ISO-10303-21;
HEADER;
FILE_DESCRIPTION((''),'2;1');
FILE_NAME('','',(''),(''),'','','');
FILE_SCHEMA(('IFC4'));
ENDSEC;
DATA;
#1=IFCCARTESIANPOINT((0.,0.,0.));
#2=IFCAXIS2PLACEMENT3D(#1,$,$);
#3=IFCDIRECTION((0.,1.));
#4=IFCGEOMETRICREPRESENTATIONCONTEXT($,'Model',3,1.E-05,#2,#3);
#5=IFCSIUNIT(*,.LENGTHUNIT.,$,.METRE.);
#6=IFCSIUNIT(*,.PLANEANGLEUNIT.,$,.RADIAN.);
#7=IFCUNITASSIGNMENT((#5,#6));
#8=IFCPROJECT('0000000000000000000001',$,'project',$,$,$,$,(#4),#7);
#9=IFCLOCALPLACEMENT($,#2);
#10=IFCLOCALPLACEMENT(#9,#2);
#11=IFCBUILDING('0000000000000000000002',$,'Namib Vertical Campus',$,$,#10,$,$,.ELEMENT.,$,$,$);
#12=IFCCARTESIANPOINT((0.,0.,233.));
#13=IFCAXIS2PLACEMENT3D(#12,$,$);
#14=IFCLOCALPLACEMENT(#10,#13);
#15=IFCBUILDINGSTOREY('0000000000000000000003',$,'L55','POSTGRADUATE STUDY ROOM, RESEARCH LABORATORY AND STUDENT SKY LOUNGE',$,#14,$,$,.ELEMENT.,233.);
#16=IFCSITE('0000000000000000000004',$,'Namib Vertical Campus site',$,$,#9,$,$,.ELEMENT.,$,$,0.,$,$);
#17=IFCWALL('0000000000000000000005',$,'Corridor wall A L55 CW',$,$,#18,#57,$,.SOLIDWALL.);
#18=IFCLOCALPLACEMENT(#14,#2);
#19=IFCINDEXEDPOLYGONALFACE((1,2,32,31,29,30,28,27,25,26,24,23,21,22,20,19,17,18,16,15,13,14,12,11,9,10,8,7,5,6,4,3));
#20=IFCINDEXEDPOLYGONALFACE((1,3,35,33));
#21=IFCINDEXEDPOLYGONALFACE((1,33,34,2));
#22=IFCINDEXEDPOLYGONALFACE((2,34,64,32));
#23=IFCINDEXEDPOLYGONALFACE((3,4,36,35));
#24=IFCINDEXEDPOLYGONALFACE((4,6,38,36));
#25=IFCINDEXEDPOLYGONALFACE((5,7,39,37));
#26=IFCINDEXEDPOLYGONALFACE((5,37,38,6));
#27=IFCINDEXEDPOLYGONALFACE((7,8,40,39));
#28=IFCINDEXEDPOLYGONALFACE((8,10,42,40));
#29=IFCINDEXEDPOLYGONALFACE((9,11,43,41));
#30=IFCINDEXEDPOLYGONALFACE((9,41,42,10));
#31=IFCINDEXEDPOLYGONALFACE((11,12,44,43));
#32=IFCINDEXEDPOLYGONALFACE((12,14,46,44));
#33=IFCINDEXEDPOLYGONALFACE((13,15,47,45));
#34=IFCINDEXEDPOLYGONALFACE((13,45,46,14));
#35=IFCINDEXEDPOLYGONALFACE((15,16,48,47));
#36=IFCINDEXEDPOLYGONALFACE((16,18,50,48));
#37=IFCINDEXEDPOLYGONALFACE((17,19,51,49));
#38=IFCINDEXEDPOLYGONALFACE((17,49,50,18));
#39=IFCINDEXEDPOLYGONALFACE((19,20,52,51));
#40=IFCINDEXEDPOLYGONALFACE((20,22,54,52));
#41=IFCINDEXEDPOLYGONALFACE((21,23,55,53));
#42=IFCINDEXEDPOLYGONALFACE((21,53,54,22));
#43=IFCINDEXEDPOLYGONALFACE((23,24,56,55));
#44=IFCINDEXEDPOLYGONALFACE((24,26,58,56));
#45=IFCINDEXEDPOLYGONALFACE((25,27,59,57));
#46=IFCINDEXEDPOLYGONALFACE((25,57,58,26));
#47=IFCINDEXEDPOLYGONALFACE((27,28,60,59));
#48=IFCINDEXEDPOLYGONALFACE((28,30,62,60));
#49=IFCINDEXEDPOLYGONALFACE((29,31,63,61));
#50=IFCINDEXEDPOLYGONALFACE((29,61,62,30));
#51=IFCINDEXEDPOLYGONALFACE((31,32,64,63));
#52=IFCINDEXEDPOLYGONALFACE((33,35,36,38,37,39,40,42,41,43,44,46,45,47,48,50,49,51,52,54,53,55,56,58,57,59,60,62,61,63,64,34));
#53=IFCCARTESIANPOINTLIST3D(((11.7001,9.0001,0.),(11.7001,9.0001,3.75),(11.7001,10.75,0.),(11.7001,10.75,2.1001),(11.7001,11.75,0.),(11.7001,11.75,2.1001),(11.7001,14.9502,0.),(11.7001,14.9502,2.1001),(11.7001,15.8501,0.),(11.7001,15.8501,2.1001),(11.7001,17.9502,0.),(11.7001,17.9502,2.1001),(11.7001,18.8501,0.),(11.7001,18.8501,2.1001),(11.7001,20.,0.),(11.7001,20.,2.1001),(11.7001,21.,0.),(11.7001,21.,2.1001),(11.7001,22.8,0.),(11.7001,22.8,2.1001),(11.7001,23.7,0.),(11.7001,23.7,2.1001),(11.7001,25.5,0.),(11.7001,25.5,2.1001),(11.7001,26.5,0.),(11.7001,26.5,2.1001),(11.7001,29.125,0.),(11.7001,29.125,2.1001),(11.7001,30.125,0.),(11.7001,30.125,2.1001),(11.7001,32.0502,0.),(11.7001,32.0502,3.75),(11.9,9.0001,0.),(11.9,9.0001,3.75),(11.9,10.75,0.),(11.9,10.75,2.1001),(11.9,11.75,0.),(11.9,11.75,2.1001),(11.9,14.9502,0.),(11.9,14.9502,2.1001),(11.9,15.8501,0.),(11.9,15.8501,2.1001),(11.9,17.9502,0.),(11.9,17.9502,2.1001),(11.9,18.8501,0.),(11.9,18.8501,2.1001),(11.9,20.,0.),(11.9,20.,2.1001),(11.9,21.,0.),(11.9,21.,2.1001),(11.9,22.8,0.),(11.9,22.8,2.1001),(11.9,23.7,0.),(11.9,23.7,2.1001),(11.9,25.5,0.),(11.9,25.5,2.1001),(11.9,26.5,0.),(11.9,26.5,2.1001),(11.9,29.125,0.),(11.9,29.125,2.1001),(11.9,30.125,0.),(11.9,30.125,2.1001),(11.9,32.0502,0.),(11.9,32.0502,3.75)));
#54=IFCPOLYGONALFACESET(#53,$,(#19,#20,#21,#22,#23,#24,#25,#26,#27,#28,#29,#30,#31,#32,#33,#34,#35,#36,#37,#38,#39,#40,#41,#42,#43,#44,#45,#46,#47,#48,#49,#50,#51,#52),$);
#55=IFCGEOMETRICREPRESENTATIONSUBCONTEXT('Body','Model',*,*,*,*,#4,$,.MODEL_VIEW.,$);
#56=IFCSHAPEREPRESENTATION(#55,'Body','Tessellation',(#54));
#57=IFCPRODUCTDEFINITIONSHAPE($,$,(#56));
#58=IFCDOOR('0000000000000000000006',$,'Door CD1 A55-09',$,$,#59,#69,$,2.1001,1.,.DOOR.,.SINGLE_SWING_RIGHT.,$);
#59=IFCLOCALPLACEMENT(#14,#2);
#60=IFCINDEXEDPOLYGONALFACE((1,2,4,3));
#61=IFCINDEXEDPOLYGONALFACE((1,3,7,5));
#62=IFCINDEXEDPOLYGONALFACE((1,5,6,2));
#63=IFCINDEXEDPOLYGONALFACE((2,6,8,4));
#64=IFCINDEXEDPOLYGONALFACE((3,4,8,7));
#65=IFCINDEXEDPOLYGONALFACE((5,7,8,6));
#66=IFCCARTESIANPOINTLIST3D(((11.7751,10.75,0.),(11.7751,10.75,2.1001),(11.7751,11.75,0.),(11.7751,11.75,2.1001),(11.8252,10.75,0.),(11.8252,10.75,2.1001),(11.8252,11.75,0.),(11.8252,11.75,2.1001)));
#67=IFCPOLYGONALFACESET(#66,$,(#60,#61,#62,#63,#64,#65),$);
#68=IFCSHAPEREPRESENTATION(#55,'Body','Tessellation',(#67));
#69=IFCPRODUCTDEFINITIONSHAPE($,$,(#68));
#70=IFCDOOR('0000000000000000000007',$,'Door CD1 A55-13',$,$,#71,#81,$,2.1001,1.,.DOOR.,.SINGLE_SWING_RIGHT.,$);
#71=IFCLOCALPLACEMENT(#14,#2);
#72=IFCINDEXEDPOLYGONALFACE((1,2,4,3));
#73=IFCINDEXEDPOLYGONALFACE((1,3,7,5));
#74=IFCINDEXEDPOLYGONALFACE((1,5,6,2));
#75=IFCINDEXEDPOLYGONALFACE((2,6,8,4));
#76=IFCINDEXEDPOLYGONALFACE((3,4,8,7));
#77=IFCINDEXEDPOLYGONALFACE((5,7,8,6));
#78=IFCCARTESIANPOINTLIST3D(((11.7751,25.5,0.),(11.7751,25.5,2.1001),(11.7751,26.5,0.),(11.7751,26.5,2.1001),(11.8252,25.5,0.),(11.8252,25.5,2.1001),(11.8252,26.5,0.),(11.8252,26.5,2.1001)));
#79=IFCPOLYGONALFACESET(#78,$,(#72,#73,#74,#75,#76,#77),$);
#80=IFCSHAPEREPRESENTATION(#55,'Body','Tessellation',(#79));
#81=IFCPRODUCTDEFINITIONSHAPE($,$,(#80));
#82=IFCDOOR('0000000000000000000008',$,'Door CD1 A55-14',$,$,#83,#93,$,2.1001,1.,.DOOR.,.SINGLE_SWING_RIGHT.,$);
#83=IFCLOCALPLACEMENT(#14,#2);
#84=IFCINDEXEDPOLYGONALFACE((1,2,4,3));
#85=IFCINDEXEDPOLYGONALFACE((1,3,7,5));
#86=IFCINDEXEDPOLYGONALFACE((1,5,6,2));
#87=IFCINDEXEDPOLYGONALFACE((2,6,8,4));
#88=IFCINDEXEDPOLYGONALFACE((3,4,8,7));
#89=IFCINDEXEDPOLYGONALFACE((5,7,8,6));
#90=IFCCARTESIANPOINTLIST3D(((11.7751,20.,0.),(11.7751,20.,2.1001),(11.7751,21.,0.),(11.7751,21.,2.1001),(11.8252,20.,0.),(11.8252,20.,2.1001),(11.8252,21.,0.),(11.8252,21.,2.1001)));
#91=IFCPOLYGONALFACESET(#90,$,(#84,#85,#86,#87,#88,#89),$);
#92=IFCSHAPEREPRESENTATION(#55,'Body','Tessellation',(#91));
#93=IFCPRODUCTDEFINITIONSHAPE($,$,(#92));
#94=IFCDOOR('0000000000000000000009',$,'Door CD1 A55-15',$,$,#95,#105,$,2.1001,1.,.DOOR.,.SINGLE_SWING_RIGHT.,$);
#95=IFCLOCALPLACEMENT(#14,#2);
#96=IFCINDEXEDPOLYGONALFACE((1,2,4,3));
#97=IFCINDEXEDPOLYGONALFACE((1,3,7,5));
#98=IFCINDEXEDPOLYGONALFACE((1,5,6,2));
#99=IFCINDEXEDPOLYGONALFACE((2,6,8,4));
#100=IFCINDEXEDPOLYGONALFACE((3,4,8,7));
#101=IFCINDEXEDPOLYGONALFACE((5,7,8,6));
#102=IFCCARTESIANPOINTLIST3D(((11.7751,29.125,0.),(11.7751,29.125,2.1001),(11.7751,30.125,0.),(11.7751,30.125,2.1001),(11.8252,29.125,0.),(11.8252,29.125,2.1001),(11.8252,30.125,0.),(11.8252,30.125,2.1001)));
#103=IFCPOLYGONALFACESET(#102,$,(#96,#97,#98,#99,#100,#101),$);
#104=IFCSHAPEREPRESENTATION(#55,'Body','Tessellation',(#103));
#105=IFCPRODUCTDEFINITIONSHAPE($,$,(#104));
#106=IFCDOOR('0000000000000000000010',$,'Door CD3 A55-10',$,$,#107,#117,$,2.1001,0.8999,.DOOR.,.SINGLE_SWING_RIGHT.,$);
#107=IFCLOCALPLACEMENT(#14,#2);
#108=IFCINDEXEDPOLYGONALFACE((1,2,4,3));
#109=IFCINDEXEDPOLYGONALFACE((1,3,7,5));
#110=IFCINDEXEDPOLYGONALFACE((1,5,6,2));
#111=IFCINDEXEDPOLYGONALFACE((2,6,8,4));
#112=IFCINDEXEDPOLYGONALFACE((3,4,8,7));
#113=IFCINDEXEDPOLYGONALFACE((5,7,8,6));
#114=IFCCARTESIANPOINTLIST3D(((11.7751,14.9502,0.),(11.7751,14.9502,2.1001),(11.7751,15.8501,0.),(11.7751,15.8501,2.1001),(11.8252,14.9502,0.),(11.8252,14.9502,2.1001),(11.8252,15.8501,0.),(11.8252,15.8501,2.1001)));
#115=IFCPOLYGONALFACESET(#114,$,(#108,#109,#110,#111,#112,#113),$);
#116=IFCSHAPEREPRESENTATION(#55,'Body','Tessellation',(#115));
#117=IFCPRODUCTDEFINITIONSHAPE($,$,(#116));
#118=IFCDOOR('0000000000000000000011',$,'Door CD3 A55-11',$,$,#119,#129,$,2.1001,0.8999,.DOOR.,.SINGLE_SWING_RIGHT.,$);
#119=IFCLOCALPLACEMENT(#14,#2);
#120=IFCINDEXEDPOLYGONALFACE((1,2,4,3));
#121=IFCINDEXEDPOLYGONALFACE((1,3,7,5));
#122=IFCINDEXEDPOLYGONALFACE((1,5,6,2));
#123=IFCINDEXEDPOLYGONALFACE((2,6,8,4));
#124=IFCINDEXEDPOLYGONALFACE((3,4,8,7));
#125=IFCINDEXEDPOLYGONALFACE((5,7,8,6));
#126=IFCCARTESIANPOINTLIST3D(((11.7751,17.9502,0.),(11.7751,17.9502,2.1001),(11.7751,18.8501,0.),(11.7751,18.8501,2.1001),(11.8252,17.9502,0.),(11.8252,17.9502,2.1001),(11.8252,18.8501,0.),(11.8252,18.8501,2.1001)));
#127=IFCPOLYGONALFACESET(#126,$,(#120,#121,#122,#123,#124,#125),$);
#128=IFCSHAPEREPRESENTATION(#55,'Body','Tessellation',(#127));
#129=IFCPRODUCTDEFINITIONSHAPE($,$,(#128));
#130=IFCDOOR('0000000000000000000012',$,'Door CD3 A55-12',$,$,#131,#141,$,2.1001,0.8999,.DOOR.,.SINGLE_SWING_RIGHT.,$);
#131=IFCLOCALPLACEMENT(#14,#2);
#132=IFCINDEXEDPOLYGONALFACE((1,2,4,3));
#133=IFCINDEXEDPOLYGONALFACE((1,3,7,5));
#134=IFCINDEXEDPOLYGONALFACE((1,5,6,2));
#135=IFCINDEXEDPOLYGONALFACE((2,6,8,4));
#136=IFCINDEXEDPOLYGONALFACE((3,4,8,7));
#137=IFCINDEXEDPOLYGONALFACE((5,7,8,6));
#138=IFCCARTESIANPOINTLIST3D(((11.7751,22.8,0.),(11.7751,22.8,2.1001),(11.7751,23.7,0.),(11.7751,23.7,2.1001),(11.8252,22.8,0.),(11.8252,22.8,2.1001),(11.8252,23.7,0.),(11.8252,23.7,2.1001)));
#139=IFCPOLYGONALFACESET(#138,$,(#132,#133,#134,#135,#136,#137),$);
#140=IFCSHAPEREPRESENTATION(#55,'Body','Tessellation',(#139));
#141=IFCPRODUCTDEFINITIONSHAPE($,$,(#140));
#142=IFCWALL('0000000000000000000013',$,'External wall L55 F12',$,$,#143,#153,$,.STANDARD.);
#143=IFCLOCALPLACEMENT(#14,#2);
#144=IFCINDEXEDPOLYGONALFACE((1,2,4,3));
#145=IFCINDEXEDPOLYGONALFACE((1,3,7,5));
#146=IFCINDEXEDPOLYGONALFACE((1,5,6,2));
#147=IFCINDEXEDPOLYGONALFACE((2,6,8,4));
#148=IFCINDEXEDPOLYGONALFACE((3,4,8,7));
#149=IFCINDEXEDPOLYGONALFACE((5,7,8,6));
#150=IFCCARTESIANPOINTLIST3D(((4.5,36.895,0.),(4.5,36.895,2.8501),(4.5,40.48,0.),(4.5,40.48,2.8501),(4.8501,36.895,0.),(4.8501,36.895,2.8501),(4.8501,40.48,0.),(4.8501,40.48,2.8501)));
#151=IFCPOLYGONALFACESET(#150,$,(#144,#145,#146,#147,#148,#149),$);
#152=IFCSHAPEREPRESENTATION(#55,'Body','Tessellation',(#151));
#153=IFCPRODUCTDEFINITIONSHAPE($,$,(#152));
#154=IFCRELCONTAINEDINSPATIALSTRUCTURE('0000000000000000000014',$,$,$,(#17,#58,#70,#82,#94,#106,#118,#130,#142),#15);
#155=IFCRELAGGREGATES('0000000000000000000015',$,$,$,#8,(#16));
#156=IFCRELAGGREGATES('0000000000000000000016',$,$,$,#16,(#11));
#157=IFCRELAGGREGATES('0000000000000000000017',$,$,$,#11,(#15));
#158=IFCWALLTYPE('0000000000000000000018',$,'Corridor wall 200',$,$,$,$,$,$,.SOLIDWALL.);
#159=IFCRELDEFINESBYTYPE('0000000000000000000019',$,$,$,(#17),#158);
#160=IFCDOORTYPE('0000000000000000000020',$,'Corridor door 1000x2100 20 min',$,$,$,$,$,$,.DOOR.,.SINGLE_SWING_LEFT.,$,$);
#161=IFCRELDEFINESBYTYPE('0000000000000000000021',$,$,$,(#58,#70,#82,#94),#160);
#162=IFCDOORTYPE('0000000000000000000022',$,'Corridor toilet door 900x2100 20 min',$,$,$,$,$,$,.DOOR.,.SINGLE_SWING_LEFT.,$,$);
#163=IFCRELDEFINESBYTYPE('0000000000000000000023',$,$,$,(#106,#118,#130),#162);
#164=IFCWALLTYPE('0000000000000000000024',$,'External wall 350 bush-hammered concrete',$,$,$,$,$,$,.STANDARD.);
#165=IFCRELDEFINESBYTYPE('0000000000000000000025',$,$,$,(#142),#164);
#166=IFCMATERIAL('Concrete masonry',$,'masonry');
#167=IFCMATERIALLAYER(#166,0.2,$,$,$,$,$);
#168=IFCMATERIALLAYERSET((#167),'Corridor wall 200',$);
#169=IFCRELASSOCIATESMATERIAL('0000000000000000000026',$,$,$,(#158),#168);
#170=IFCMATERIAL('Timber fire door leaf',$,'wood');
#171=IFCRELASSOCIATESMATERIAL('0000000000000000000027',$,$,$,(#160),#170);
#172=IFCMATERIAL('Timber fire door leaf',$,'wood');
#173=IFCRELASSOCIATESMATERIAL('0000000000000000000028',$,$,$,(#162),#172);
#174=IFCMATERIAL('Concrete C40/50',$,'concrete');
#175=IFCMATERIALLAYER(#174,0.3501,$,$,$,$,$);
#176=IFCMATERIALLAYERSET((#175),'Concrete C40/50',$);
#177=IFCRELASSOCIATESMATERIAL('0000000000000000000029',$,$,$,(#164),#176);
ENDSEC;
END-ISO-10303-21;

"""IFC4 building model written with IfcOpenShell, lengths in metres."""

from ifc_helpers import new_model, si_unit, direction, frame, frame_2d, origin, place, context, subcontext, project, spatial, rectangle, extrude, material, layer, layer_set, type_object, element, fill, save


model = new_model("IFC4")

# Units and contexts
model_context = context("Model", 3, precision=1e-05, world=origin(), true_north=direction((0.0, 1.0)))
body_context = subcontext(model_context, "Body", "Model", "MODEL_VIEW")
ifc_project = project(units=[si_unit("LENGTHUNIT", "METRE"), si_unit("PLANEANGLEUNIT", "RADIAN")], contexts=[model_context])

# Site, building, storey
site_placement = place(None, origin())
site = spatial("IfcSite", under=ifc_project, at=site_placement, Name="Namib Vertical Campus site", CompositionType="ELEMENT", RefElevation=0.0)
building_placement = place(site_placement, origin())
building = spatial("IfcBuilding", under=site, at=building_placement, Name="Namib Vertical Campus", CompositionType="ELEMENT")
storey_placement = place(building_placement, frame((0.0, 0.0, 233.0)))
storey = spatial("IfcBuildingStorey", under=building, at=storey_placement, Name="L55", Description="POSTGRADUATE STUDY ROOM, RESEARCH LABORATORY AND STUDENT SKY LOUNGE", CompositionType="ELEMENT", Elevation=233.0)

# Wall, openings, doors
ifc_material_1 = material(Name="Concrete masonry", Category="masonry")
ifc_layer_1 = layer(ifc_material_1, 0.2)
ifc_layer_set_1 = layer_set([ifc_layer_1], Name="Corridor wall 200")
wall_type_1 = type_object("IfcWallType", Name="Corridor wall 200", PredefinedType="SOLIDWALL", material=ifc_layer_set_1)
wall_1_placement = place(storey_placement, frame((11.8, 32.05, 0.0), z_axis=(0.0, 0.0, 1.0), x_axis=(0.0, -1.0, 0.0)))
wall_1 = element("IfcWall", 1, at=wall_1_placement, inside=storey, type_object=wall_type_1, Name="Corridor wall A L55 CW", PredefinedType="SOLIDWALL", context=body_context, shape_type="SweptSolid", body=[
    extrude(rectangle(XDim=23.05, YDim=0.2, at=frame_2d((11.5249, 0.0))), origin(), (0.0, 0.0, 1.0), 3.75),
])
opening_1_placement = place(wall_1_placement, frame((20.3, 0.0, 0.0)))
opening_1 = element("IfcOpeningElement", 2, at=opening_1_placement, cuts=wall_1, PredefinedType="OPENING", context=body_context, shape_type="SweptSolid", body=[
    extrude(rectangle(XDim=1.0, YDim=2.1001, at=frame_2d((0.5, 1.05))), frame((0.0, 0.1099, 0.0), z_axis=(0.0, -1.0, 0.0), x_axis=(1.0, 0.0, 0.0)), (0.0, 0.0, 1.0), 0.22),
])
opening_2_placement = place(wall_1_placement, frame((16.2, 0.0, 0.0)))
opening_2 = element("IfcOpeningElement", 3, at=opening_2_placement, cuts=wall_1, PredefinedType="OPENING", context=body_context, shape_type="SweptSolid", body=[
    extrude(rectangle(XDim=0.8999, YDim=2.1001, at=frame_2d((0.45, 1.05))), frame((0.0, 0.1099, 0.0), z_axis=(0.0, -1.0, 0.0), x_axis=(1.0, 0.0, 0.0)), (0.0, 0.0, 1.0), 0.22),
])
opening_3_placement = place(wall_1_placement, frame((13.2, 0.0, 0.0)))
opening_3 = element("IfcOpeningElement", 4, at=opening_3_placement, cuts=wall_1, PredefinedType="OPENING", context=body_context, shape_type="SweptSolid", body=[
    extrude(rectangle(XDim=0.8999, YDim=2.1001, at=frame_2d((0.45, 1.05))), frame((0.0, 0.1099, 0.0), z_axis=(0.0, -1.0, 0.0), x_axis=(1.0, 0.0, 0.0)), (0.0, 0.0, 1.0), 0.22),
])
opening_4_placement = place(wall_1_placement, frame((8.3501, 0.0, 0.0)))
opening_4 = element("IfcOpeningElement", 5, at=opening_4_placement, cuts=wall_1, PredefinedType="OPENING", context=body_context, shape_type="SweptSolid", body=[
    extrude(rectangle(XDim=0.8999, YDim=2.1001, at=frame_2d((0.45, 1.05))), frame((0.0, 0.1099, 0.0), z_axis=(0.0, -1.0, 0.0), x_axis=(1.0, 0.0, 0.0)), (0.0, 0.0, 1.0), 0.22),
])
opening_5_placement = place(wall_1_placement, frame((5.55, 0.0, 0.0)))
opening_5 = element("IfcOpeningElement", 6, at=opening_5_placement, cuts=wall_1, PredefinedType="OPENING", context=body_context, shape_type="SweptSolid", body=[
    extrude(rectangle(XDim=1.0, YDim=2.1001, at=frame_2d((0.5, 1.05))), frame((0.0, 0.1099, 0.0), z_axis=(0.0, -1.0, 0.0), x_axis=(1.0, 0.0, 0.0)), (0.0, 0.0, 1.0), 0.22),
])
opening_6_placement = place(wall_1_placement, frame((11.05, 0.0, 0.0)))
opening_6 = element("IfcOpeningElement", 7, at=opening_6_placement, cuts=wall_1, PredefinedType="OPENING", context=body_context, shape_type="SweptSolid", body=[
    extrude(rectangle(XDim=1.0, YDim=2.1001, at=frame_2d((0.5, 1.05))), frame((0.0, 0.1099, 0.0), z_axis=(0.0, -1.0, 0.0), x_axis=(1.0, 0.0, 0.0)), (0.0, 0.0, 1.0), 0.22),
])
opening_7_placement = place(wall_1_placement, frame((1.925, 0.0, 0.0)))
opening_7 = element("IfcOpeningElement", 8, at=opening_7_placement, cuts=wall_1, PredefinedType="OPENING", context=body_context, shape_type="SweptSolid", body=[
    extrude(rectangle(XDim=1.0, YDim=2.1001, at=frame_2d((0.5, 1.05))), frame((0.0, 0.1099, 0.0), z_axis=(0.0, -1.0, 0.0), x_axis=(1.0, 0.0, 0.0)), (0.0, 0.0, 1.0), 0.22),
])
ifc_material_2 = material(Name="Timber fire door leaf", Category="wood")
door_type_1 = type_object("IfcDoorType", Name="Corridor door 1000x2100 20 min", OperationType="SINGLE_SWING_LEFT", PredefinedType="DOOR", material=ifc_material_2)
door_1_placement = place(opening_1_placement, frame((1.0, 0.0, 0.0), z_axis=(0.0, 0.0, 1.0), x_axis=(-1.0, 0.0, 0.0)))
door_1 = element("IfcDoor", 9, at=door_1_placement, inside=storey, type_object=door_type_1, Name="Door CD1 A55-09", OperationType="SINGLE_SWING_RIGHT", OverallHeight=2.1001, OverallWidth=1.0, PredefinedType="DOOR", context=body_context, shape_type="SweptSolid", body=[
    extrude(rectangle(XDim=1.0, YDim=2.1001, at=frame_2d((0.5, 1.05))), frame((0.0, 0.0249, 0.0), z_axis=(0.0, -1.0, 0.0), x_axis=(1.0, 0.0, 0.0)), (0.0, 0.0, 1.0), 0.05),
])
fill(opening_1, door_1)
door_2_placement = place(opening_5_placement, frame((1.0, 0.0, 0.0), z_axis=(0.0, 0.0, 1.0), x_axis=(-1.0, 0.0, 0.0)))
door_2 = element("IfcDoor", 10, at=door_2_placement, inside=storey, type_object=door_type_1, Name="Door CD1 A55-13", OperationType="SINGLE_SWING_RIGHT", OverallHeight=2.1001, OverallWidth=1.0, PredefinedType="DOOR", context=body_context, shape_type="SweptSolid", body=[
    extrude(rectangle(XDim=1.0, YDim=2.1001, at=frame_2d((0.5, 1.05))), frame((0.0, 0.0249, 0.0), z_axis=(0.0, -1.0, 0.0), x_axis=(1.0, 0.0, 0.0)), (0.0, 0.0, 1.0), 0.05),
])
fill(opening_5, door_2)
door_3_placement = place(opening_6_placement, frame((1.0, 0.0, 0.0), z_axis=(0.0, 0.0, 1.0), x_axis=(-1.0, 0.0, 0.0)))
door_3 = element("IfcDoor", 11, at=door_3_placement, inside=storey, type_object=door_type_1, Name="Door CD1 A55-14", OperationType="SINGLE_SWING_RIGHT", OverallHeight=2.1001, OverallWidth=1.0, PredefinedType="DOOR", context=body_context, shape_type="SweptSolid", body=[
    extrude(rectangle(XDim=1.0, YDim=2.1001, at=frame_2d((0.5, 1.05))), frame((0.0, 0.0249, 0.0), z_axis=(0.0, -1.0, 0.0), x_axis=(1.0, 0.0, 0.0)), (0.0, 0.0, 1.0), 0.05),
])
fill(opening_6, door_3)
door_4_placement = place(opening_7_placement, frame((1.0, 0.0, 0.0), z_axis=(0.0, 0.0, 1.0), x_axis=(-1.0, 0.0, 0.0)))
door_4 = element("IfcDoor", 12, at=door_4_placement, inside=storey, type_object=door_type_1, Name="Door CD1 A55-15", OperationType="SINGLE_SWING_RIGHT", OverallHeight=2.1001, OverallWidth=1.0, PredefinedType="DOOR", context=body_context, shape_type="SweptSolid", body=[
    extrude(rectangle(XDim=1.0, YDim=2.1001, at=frame_2d((0.5, 1.05))), frame((0.0, 0.0249, 0.0), z_axis=(0.0, -1.0, 0.0), x_axis=(1.0, 0.0, 0.0)), (0.0, 0.0, 1.0), 0.05),
])
fill(opening_7, door_4)
ifc_material_3 = material(Name="Timber fire door leaf", Category="wood")
door_type_2 = type_object("IfcDoorType", Name="Corridor toilet door 900x2100 20 min", OperationType="SINGLE_SWING_LEFT", PredefinedType="DOOR", material=ifc_material_3)
door_5_placement = place(opening_2_placement, frame((0.8999, 0.0, 0.0), z_axis=(0.0, 0.0, 1.0), x_axis=(-1.0, 0.0, 0.0)))
door_5 = element("IfcDoor", 13, at=door_5_placement, inside=storey, type_object=door_type_2, Name="Door CD3 A55-10", OperationType="SINGLE_SWING_RIGHT", OverallHeight=2.1001, OverallWidth=0.8999, PredefinedType="DOOR", context=body_context, shape_type="SweptSolid", body=[
    extrude(rectangle(XDim=0.8999, YDim=2.1001, at=frame_2d((0.45, 1.05))), frame((0.0, 0.0249, 0.0), z_axis=(0.0, -1.0, 0.0), x_axis=(1.0, 0.0, 0.0)), (0.0, 0.0, 1.0), 0.05),
])
fill(opening_2, door_5)
door_6_placement = place(opening_3_placement, frame((0.8999, 0.0, 0.0), z_axis=(0.0, 0.0, 1.0), x_axis=(-1.0, 0.0, 0.0)))
door_6 = element("IfcDoor", 14, at=door_6_placement, inside=storey, type_object=door_type_2, Name="Door CD3 A55-11", OperationType="SINGLE_SWING_RIGHT", OverallHeight=2.1001, OverallWidth=0.8999, PredefinedType="DOOR", context=body_context, shape_type="SweptSolid", body=[
    extrude(rectangle(XDim=0.8999, YDim=2.1001, at=frame_2d((0.45, 1.05))), frame((0.0, 0.0249, 0.0), z_axis=(0.0, -1.0, 0.0), x_axis=(1.0, 0.0, 0.0)), (0.0, 0.0, 1.0), 0.05),
])
fill(opening_3, door_6)
door_7_placement = place(opening_4_placement, frame((0.8999, 0.0, 0.0), z_axis=(0.0, 0.0, 1.0), x_axis=(-1.0, 0.0, 0.0)))
door_7 = element("IfcDoor", 15, at=door_7_placement, inside=storey, type_object=door_type_2, Name="Door CD3 A55-12", OperationType="SINGLE_SWING_RIGHT", OverallHeight=2.1001, OverallWidth=0.8999, PredefinedType="DOOR", context=body_context, shape_type="SweptSolid", body=[
    extrude(rectangle(XDim=0.8999, YDim=2.1001, at=frame_2d((0.45, 1.05))), frame((0.0, 0.0249, 0.0), z_axis=(0.0, -1.0, 0.0), x_axis=(1.0, 0.0, 0.0)), (0.0, 0.0, 1.0), 0.05),
])
fill(opening_4, door_7)

# Wall
ifc_material_4 = material(Name="Concrete C40/50", Category="concrete")
ifc_layer_2 = layer(ifc_material_4, 0.3501)
ifc_layer_set_2 = layer_set([ifc_layer_2], Name="Concrete C40/50")
wall_type_2 = type_object("IfcWallType", Name="External wall 350 bush-hammered concrete", PredefinedType="STANDARD", material=ifc_layer_set_2)
wall_2_placement = place(storey_placement, frame((4.675, 40.48, 0.0), z_axis=(0.0, 0.0, 1.0), x_axis=(0.0, -1.0, 0.0)))
element("IfcWall", 16, at=wall_2_placement, inside=storey, type_object=wall_type_2, Name="External wall L55 F12", PredefinedType="STANDARD", context=body_context, shape_type="SweptSolid", body=[
    extrude(rectangle(XDim=3.585, YDim=0.3501, at=frame_2d((1.7925, 0.0))), origin(), (0.0, 0.0, 1.0), 2.8501),
])

save(model, "model.ifc")
